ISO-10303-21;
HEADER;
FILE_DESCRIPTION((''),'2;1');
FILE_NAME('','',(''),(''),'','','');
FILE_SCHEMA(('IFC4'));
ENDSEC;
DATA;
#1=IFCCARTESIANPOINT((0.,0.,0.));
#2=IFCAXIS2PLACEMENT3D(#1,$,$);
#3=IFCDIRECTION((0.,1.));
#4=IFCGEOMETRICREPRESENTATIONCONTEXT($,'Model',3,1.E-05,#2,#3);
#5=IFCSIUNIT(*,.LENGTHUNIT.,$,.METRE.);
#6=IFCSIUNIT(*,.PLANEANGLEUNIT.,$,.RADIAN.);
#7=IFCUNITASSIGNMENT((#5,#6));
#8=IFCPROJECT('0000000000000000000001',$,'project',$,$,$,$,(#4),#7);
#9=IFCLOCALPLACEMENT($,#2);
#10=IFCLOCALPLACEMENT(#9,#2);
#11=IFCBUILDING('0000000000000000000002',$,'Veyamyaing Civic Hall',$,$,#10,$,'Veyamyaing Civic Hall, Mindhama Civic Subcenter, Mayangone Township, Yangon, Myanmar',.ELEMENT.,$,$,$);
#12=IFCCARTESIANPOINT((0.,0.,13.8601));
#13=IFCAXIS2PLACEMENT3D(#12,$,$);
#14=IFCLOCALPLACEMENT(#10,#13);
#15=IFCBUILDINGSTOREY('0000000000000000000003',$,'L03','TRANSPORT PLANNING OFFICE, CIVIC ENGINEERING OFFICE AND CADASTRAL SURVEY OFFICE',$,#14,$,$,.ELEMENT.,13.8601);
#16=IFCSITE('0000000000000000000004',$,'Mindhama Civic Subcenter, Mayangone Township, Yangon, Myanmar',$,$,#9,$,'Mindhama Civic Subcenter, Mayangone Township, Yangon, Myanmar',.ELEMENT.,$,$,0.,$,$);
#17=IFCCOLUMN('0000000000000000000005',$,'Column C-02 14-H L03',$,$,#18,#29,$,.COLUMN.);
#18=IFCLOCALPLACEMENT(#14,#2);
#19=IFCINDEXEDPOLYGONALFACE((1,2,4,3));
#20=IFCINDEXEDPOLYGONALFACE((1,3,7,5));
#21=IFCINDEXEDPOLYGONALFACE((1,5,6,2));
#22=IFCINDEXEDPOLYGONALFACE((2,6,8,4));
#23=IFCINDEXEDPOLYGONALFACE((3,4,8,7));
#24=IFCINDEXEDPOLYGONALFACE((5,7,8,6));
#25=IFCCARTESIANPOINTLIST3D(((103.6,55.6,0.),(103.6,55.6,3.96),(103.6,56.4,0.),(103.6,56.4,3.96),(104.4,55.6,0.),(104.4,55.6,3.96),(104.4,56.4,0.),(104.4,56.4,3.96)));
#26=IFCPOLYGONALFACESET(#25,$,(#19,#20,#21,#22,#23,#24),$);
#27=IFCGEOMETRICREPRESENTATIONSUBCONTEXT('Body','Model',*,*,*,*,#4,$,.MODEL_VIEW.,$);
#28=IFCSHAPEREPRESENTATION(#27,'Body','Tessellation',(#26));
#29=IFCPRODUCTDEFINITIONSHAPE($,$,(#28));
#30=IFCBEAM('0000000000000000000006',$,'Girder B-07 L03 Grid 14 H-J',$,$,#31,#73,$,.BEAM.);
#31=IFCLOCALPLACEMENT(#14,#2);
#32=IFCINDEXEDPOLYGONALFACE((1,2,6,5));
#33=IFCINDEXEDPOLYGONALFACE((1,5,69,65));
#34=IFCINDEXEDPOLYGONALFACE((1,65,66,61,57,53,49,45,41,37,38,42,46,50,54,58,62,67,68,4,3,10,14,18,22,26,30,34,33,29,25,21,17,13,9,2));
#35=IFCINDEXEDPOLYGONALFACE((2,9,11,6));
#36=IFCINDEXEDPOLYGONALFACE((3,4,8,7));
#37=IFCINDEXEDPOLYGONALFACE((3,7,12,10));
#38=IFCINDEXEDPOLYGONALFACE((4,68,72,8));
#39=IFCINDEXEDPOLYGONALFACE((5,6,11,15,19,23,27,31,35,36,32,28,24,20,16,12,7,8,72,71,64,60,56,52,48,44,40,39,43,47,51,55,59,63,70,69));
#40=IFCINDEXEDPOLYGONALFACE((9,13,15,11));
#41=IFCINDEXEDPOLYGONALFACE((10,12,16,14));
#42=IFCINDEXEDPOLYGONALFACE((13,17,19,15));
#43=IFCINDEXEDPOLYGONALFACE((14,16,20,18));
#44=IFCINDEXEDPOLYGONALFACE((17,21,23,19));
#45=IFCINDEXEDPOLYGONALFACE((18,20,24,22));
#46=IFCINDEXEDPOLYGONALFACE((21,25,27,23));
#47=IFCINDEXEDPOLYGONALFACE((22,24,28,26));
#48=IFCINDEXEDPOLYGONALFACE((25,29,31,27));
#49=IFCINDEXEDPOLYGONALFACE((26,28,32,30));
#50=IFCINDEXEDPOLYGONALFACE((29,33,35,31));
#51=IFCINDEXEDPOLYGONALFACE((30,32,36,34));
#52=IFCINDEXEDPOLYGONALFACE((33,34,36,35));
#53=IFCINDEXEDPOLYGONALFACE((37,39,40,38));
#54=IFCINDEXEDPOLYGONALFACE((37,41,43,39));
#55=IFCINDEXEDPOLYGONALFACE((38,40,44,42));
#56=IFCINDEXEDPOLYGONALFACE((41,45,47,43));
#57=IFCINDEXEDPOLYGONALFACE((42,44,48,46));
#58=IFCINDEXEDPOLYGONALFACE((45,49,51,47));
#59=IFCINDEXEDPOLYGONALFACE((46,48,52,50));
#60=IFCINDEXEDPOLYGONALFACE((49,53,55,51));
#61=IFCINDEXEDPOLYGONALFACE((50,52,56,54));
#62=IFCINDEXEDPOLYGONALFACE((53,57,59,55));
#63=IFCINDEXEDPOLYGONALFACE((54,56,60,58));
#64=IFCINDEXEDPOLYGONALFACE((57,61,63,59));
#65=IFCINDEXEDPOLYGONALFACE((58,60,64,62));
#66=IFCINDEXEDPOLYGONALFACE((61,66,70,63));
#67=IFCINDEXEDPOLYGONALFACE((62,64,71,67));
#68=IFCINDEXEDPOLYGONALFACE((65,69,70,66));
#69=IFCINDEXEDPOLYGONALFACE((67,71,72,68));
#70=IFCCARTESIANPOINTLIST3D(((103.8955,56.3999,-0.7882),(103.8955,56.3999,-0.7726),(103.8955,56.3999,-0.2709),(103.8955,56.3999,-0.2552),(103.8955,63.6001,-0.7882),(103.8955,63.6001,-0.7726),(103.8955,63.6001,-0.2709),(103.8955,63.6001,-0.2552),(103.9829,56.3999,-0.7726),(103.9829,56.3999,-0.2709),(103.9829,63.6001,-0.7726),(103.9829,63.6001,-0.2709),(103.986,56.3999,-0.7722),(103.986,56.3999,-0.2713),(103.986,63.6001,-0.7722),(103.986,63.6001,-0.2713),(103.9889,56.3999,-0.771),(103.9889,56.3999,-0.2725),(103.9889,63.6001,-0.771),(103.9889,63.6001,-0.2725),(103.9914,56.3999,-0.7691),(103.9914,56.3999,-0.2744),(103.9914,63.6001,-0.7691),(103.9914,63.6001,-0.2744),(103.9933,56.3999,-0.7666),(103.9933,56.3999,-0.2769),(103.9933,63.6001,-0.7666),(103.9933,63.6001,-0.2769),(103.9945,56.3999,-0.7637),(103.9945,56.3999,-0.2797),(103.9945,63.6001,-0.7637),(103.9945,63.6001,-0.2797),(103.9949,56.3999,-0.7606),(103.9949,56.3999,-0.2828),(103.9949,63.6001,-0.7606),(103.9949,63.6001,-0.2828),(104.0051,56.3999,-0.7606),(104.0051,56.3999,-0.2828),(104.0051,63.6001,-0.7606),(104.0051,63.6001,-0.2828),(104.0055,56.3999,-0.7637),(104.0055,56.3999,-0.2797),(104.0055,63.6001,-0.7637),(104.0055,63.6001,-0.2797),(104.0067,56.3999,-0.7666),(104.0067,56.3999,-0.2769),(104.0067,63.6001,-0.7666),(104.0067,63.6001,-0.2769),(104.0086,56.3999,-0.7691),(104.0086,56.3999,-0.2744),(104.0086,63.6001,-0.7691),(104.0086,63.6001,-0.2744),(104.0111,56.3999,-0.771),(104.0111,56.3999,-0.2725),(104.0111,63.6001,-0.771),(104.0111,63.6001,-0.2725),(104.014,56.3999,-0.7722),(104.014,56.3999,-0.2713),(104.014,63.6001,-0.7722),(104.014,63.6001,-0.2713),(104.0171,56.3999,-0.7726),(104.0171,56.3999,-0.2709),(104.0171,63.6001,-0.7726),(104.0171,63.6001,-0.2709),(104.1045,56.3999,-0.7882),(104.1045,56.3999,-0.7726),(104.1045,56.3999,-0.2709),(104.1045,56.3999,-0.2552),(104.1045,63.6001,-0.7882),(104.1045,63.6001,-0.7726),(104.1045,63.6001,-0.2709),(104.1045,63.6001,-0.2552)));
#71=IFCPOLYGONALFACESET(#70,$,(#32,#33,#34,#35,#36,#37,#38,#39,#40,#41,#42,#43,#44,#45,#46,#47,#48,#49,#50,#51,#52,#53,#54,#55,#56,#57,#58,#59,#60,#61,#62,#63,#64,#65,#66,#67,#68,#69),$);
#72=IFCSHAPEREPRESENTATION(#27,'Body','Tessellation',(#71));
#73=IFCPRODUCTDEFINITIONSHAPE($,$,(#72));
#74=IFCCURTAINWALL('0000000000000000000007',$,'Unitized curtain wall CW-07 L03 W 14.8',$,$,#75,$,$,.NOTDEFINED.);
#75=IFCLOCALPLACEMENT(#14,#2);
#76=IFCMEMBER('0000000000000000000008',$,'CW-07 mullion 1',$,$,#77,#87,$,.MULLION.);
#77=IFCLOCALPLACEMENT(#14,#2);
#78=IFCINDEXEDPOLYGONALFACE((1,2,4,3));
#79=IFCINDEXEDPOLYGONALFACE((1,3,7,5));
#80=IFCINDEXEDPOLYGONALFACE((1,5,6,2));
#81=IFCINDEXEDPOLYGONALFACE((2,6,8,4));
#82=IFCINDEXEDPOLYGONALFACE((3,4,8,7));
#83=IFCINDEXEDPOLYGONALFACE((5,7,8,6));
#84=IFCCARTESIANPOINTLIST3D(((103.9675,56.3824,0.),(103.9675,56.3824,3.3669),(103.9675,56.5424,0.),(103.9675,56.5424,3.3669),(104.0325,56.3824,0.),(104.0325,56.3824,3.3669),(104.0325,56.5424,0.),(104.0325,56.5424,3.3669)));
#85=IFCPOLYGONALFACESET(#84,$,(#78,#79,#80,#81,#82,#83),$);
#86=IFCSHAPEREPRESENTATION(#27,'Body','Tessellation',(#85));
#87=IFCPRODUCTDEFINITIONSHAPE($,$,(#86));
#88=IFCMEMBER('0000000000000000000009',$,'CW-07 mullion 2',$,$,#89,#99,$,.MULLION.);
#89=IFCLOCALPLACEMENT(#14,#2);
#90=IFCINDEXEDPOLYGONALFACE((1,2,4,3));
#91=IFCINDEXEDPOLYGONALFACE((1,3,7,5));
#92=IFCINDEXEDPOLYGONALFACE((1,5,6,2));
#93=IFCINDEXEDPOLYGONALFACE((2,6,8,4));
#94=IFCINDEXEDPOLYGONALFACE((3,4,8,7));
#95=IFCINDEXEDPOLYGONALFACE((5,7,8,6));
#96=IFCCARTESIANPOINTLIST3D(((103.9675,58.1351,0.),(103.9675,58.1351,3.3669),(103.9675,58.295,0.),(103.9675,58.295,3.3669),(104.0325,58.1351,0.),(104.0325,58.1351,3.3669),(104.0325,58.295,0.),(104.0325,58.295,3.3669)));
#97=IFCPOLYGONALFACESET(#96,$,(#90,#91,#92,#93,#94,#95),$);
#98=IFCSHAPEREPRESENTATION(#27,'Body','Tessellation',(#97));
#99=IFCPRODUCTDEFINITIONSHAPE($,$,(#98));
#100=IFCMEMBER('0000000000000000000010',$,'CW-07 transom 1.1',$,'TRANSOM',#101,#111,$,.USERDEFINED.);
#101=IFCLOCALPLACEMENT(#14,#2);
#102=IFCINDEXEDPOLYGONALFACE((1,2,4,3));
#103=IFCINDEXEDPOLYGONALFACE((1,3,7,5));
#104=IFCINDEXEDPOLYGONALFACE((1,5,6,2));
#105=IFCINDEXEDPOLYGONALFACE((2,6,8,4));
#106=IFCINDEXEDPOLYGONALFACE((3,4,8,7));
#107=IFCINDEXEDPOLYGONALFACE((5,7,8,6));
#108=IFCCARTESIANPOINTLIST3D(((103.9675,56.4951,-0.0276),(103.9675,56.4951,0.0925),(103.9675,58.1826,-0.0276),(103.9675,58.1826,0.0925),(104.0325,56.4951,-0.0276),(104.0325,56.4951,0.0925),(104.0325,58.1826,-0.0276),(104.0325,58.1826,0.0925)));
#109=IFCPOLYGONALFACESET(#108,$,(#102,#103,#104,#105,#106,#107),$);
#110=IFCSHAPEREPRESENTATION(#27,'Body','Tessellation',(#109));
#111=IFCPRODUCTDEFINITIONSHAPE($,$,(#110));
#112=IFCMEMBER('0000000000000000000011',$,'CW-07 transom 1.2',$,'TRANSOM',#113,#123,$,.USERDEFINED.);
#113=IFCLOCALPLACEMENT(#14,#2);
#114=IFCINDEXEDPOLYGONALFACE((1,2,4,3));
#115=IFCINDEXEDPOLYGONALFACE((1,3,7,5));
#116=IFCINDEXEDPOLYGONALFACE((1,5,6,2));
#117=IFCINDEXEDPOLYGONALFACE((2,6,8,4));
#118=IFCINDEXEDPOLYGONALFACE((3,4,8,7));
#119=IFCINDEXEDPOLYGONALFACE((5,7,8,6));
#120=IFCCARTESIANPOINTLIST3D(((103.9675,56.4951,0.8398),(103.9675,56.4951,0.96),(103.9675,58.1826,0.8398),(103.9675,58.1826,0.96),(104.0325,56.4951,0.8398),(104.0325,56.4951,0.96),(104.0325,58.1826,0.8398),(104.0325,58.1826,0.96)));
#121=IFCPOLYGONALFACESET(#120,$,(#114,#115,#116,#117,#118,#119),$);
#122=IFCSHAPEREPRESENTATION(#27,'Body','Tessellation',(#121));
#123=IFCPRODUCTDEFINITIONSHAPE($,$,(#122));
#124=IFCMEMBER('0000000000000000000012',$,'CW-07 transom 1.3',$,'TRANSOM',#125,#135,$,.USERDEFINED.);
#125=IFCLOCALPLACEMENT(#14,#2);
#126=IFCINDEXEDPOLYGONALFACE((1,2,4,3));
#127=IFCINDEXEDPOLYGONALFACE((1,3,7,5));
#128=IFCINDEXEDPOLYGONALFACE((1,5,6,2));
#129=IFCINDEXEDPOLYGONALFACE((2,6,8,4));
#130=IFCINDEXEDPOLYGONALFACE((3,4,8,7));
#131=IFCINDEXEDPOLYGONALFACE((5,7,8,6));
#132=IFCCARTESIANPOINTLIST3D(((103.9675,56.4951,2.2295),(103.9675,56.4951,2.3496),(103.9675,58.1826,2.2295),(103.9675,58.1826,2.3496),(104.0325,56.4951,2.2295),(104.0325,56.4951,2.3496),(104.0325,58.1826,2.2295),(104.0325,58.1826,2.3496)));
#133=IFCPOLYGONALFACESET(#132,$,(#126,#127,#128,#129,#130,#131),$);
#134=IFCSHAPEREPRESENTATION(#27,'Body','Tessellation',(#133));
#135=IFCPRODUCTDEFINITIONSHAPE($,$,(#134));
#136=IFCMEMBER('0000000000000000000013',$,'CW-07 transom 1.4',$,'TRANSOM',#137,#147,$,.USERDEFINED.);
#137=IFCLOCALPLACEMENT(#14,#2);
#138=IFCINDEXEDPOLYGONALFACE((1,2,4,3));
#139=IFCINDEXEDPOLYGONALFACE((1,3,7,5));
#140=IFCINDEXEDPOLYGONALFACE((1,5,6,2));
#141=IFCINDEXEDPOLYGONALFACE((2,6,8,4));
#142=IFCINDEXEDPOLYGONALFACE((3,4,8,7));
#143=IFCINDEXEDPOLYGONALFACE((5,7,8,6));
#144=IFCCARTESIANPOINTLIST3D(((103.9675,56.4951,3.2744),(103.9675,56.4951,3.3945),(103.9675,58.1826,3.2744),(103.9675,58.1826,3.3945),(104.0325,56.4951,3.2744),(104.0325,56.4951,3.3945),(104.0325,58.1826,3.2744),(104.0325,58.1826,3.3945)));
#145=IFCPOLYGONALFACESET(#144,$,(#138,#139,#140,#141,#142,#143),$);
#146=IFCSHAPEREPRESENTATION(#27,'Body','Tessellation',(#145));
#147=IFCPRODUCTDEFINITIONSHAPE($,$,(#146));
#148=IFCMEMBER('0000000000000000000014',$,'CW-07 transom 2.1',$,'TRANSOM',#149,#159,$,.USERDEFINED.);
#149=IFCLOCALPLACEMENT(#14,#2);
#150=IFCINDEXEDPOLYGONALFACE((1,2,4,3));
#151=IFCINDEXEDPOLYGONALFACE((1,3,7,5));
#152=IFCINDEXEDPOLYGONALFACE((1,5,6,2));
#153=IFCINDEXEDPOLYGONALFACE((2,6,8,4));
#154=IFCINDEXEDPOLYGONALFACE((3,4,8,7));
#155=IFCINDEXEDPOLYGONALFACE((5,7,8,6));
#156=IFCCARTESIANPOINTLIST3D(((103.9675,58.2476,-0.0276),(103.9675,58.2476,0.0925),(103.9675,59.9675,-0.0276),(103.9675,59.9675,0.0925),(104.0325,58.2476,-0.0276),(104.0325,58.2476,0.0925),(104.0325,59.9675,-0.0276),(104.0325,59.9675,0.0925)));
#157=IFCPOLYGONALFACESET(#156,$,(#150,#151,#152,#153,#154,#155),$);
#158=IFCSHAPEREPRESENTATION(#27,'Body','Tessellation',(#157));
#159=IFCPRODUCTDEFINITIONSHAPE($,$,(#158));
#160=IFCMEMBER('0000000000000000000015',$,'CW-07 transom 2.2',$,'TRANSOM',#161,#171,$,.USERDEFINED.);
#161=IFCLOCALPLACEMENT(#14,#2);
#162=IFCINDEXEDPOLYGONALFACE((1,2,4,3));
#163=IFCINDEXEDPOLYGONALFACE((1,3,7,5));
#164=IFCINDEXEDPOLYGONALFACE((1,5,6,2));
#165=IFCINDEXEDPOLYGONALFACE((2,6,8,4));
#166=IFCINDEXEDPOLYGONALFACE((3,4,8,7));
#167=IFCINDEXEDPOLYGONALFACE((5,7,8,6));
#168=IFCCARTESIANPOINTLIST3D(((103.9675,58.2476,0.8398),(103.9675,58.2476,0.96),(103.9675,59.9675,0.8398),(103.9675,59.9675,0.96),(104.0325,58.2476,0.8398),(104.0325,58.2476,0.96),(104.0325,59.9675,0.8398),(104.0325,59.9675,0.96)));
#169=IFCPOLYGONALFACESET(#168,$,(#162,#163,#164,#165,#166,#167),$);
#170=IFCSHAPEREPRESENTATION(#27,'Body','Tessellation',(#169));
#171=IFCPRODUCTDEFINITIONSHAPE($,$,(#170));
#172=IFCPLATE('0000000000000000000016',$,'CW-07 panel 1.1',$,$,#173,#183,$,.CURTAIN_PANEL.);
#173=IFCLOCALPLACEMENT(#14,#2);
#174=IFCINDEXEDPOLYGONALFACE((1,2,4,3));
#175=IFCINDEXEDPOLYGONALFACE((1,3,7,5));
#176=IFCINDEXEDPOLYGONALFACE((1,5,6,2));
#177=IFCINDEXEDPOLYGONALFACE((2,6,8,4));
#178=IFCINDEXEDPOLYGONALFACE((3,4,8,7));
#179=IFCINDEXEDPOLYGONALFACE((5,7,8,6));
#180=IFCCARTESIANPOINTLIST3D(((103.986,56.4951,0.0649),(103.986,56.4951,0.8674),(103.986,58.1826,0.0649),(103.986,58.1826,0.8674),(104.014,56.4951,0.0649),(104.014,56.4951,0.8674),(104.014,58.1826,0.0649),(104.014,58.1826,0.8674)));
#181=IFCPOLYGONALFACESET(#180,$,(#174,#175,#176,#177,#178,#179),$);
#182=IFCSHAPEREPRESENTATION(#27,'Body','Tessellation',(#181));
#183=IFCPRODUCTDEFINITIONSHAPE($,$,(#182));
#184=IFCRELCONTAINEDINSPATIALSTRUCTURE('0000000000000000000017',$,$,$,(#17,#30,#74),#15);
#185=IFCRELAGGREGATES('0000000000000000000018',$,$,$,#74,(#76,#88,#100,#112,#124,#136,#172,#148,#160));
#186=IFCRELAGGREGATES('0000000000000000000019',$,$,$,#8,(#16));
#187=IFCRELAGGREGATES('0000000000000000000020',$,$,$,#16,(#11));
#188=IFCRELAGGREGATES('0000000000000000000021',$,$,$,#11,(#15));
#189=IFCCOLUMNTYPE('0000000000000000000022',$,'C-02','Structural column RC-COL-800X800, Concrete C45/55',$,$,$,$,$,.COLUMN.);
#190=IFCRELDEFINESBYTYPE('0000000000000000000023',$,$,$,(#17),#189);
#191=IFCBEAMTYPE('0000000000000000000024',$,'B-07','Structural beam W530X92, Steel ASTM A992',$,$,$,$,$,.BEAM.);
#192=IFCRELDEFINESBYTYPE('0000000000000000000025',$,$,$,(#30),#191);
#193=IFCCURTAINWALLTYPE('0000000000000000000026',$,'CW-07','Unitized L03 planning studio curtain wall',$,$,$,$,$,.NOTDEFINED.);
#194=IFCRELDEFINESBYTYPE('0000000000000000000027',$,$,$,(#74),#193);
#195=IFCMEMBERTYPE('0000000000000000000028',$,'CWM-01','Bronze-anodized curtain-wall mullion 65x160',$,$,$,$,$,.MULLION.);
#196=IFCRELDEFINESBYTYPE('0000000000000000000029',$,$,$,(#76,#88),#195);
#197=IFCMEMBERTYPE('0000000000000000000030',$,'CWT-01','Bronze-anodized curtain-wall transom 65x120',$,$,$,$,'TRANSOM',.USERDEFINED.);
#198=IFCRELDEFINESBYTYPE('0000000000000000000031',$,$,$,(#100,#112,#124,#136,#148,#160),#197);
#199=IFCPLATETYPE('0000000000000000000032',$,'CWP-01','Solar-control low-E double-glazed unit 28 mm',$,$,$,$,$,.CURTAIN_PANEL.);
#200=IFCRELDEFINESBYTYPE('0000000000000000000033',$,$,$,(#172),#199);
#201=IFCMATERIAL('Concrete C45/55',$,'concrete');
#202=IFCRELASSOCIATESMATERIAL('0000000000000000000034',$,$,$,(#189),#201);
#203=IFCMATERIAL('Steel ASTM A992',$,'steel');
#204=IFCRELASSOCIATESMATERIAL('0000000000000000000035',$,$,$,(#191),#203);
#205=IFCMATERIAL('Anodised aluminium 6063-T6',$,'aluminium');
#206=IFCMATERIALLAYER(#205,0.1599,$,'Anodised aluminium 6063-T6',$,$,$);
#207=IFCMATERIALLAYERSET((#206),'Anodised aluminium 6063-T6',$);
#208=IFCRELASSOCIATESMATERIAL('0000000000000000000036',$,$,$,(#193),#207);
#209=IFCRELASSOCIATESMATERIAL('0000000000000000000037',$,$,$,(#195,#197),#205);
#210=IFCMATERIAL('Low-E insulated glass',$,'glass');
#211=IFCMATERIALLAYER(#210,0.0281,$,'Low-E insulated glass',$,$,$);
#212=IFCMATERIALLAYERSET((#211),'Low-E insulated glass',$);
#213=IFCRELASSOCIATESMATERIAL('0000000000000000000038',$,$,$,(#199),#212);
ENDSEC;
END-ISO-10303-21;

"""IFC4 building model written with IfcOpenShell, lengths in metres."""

from ifc_helpers import new_model, si_unit, direction, frame, origin, origin_2d, place, context, subcontext, project, spatial, rectangle, i_section, extrude, material, layer, layer_set, material_profile, profile_set, type_object, element, aggregate, save


model = new_model("IFC4")

# Units and contexts
model_context = context("Model", 3, precision=1e-05, world=origin(), true_north=direction((0.0, 1.0)))
body_context = subcontext(model_context, "Body", "Model", "MODEL_VIEW")
ifc_project = project(units=[si_unit("LENGTHUNIT", "METRE"), si_unit("PLANEANGLEUNIT", "RADIAN")], contexts=[model_context])

# Site, building, storey
site_placement = place(None, origin())
site = spatial("IfcSite", under=ifc_project, at=site_placement, Name="Mindhama Civic Subcenter, Mayangone Township, Yangon, Myanmar", LongName="Mindhama Civic Subcenter, Mayangone Township, Yangon, Myanmar", CompositionType="ELEMENT", RefElevation=0.0)
building_placement = place(site_placement, origin())
building = spatial("IfcBuilding", under=site, at=building_placement, Name="Veyamyaing Civic Hall", LongName="Veyamyaing Civic Hall, Mindhama Civic Subcenter, Mayangone Township, Yangon, Myanmar", CompositionType="ELEMENT")
storey_placement = place(building_placement, frame((0.0, 0.0, 13.8601)))
storey = spatial("IfcBuildingStorey", under=building, at=storey_placement, Name="L03", Description="TRANSPORT PLANNING OFFICE, CIVIC ENGINEERING OFFICE AND CADASTRAL SURVEY OFFICE", CompositionType="ELEMENT", Elevation=13.8601)

# Column
ifc_material_1 = material(Name="Concrete C45/55", Category="concrete")
ifc_material_profile_1 = material_profile(ifc_material_1, rectangle(XDim=0.8, YDim=0.8, at=origin_2d()), Name="RC-COL-800X800")
ifc_profile_set_1 = profile_set([ifc_material_profile_1], Name="Concrete C45/55")
column_type = type_object("IfcColumnType", Name="C-02", Description="Structural column RC-COL-800X800, Concrete C45/55", PredefinedType="COLUMN", material=ifc_profile_set_1)
column_placement = place(storey_placement, frame((104.0, 56.0, 0.0), z_axis=(0.0, 0.0, 1.0), x_axis=(1.0, 0.0, 0.0)))
element("IfcColumn", 1, at=column_placement, inside=storey, type_object=column_type, Name="Column C-02 14-H L03", PredefinedType="COLUMN", context=body_context, shape_type="SweptSolid", body=[
    extrude(rectangle(XDim=0.8, YDim=0.8, at=origin_2d()), origin(), (0.0, 0.0, 1.0), 3.96),
])

# Beam
ifc_material_2 = material(Name="Steel ASTM A992", Category="steel")
ifc_material_profile_2 = material_profile(ifc_material_2, i_section(OverallWidth=0.209, OverallDepth=0.533, WebThickness=0.0103, FlangeThickness=0.0156, FilletRadius=0.012, at=origin_2d()), Name="W530X92")
ifc_profile_set_2 = profile_set([ifc_material_profile_2], Name="Steel ASTM A992")
beam_type = type_object("IfcBeamType", Name="B-07", Description="Structural beam W530X92, Steel ASTM A992", PredefinedType="BEAM", material=ifc_profile_set_2)
beam_placement = place(storey_placement, frame((104.0, 56.3999, -0.5217), z_axis=(0.0, 1.0, 0.0), x_axis=(-1.0, 0.0, 0.0)))
element("IfcBeam", 2, at=beam_placement, inside=storey, type_object=beam_type, Name="Girder B-07 L03 Grid 14 H-J", PredefinedType="BEAM", context=body_context, shape_type="SweptSolid", body=[
    extrude(i_section(OverallWidth=0.209, OverallDepth=0.533, WebThickness=0.0103, FlangeThickness=0.0156, FilletRadius=0.012, at=origin_2d()), origin(), (0.0, 0.0, 1.0), 7.2002),
])

# Curtain wall, members, plate
ifc_material_3 = material(Name="Anodised aluminium 6063-T6", Category="aluminium")
ifc_layer_1 = layer(ifc_material_3, 0.1599, Name="Anodised aluminium 6063-T6")
ifc_layer_set_1 = layer_set([ifc_layer_1], Name="Anodised aluminium 6063-T6")
curtain_wall_type = type_object("IfcCurtainWallType", Name="CW-07", Description="Unitized L03 planning studio curtain wall", PredefinedType="NOTDEFINED", material=ifc_layer_set_1)
curtain_wall_placement = place(storey_placement, origin())
curtain_wall = element("IfcCurtainWall", 3, at=curtain_wall_placement, inside=storey, type_object=curtain_wall_type, Name="Unitized curtain wall CW-07 L03 W 14.8", PredefinedType="NOTDEFINED")
ifc_material_profile_3 = material_profile(ifc_material_3, rectangle(XDim=0.0649, YDim=0.1599, at=origin_2d()), Name="ALU-MUL-65X160")
ifc_profile_set_3 = profile_set([ifc_material_profile_3], Name="Anodised aluminium 6063-T6")
member_type_1 = type_object("IfcMemberType", Name="CWM-01", Description="Bronze-anodized curtain-wall mullion 65x160", PredefinedType="MULLION", material=ifc_profile_set_3)
member_1_placement = place(storey_placement, frame((104.0, 56.4624, 0.0), z_axis=(0.0, 0.0, 1.0), x_axis=(-1.0, 0.0, 0.0)))
member_1 = element("IfcMember", 4, at=member_1_placement, type_object=member_type_1, Name="CW-07 mullion 1", PredefinedType="MULLION", context=body_context, shape_type="SweptSolid", body=[
    extrude(rectangle(XDim=0.0649, YDim=0.1599, at=origin_2d()), origin(), (0.0, 0.0, 1.0), 3.3669),
])
member_2_placement = place(storey_placement, frame((104.0, 58.2151, 0.0), z_axis=(0.0, 0.0, 1.0), x_axis=(-1.0, 0.0, 0.0)))
member_2 = element("IfcMember", 5, at=member_2_placement, type_object=member_type_1, Name="CW-07 mullion 2", PredefinedType="MULLION", context=body_context, shape_type="SweptSolid", body=[
    extrude(rectangle(XDim=0.0649, YDim=0.1599, at=origin_2d()), origin(), (0.0, 0.0, 1.0), 3.3669),
])
ifc_material_profile_4 = material_profile(ifc_material_3, rectangle(XDim=0.0649, YDim=0.1201, at=origin_2d()), Name="ALU-TRN-65X120")
ifc_profile_set_4 = profile_set([ifc_material_profile_4], Name="Anodised aluminium 6063-T6")
member_type_2 = type_object("IfcMemberType", Name="CWT-01", Description="Bronze-anodized curtain-wall transom 65x120", ElementType="TRANSOM", PredefinedType="USERDEFINED", material=ifc_profile_set_4)
member_3_placement = place(storey_placement, frame((104.0, 56.4951, 0.0325), z_axis=(0.0, 1.0, 0.0), x_axis=(-1.0, 0.0, 0.0)))
member_3 = element("IfcMember", 6, at=member_3_placement, type_object=member_type_2, Name="CW-07 transom 1.1", ObjectType="TRANSOM", PredefinedType="USERDEFINED", context=body_context, shape_type="SweptSolid", body=[
    extrude(rectangle(XDim=0.0649, YDim=0.1201, at=origin_2d()), origin(), (0.0, 0.0, 1.0), 1.6875),
])
member_4_placement = place(storey_placement, frame((104.0, 56.4951, 0.8999), z_axis=(0.0, 1.0, 0.0), x_axis=(-1.0, 0.0, 0.0)))
member_4 = element("IfcMember", 7, at=member_4_placement, type_object=member_type_2, Name="CW-07 transom 1.2", ObjectType="TRANSOM", PredefinedType="USERDEFINED", context=body_context, shape_type="SweptSolid", body=[
    extrude(rectangle(XDim=0.0649, YDim=0.1201, at=origin_2d()), origin(), (0.0, 0.0, 1.0), 1.6875),
])
member_5_placement = place(storey_placement, frame((104.0, 56.4951, 2.2896), z_axis=(0.0, 1.0, 0.0), x_axis=(-1.0, 0.0, 0.0)))
member_5 = element("IfcMember", 8, at=member_5_placement, type_object=member_type_2, Name="CW-07 transom 1.3", ObjectType="TRANSOM", PredefinedType="USERDEFINED", context=body_context, shape_type="SweptSolid", body=[
    extrude(rectangle(XDim=0.0649, YDim=0.1201, at=origin_2d()), origin(), (0.0, 0.0, 1.0), 1.6875),
])
member_6_placement = place(storey_placement, frame((104.0, 56.4951, 3.3345), z_axis=(0.0, 1.0, 0.0), x_axis=(-1.0, 0.0, 0.0)))
member_6 = element("IfcMember", 9, at=member_6_placement, type_object=member_type_2, Name="CW-07 transom 1.4", ObjectType="TRANSOM", PredefinedType="USERDEFINED", context=body_context, shape_type="SweptSolid", body=[
    extrude(rectangle(XDim=0.0649, YDim=0.1201, at=origin_2d()), origin(), (0.0, 0.0, 1.0), 1.6875),
])
member_7_placement = place(storey_placement, frame((104.0, 58.2476, 0.0325), z_axis=(0.0, 1.0, 0.0), x_axis=(-1.0, 0.0, 0.0)))
member_7 = element("IfcMember", 10, at=member_7_placement, type_object=member_type_2, Name="CW-07 transom 2.1", ObjectType="TRANSOM", PredefinedType="USERDEFINED", context=body_context, shape_type="SweptSolid", body=[
    extrude(rectangle(XDim=0.0649, YDim=0.1201, at=origin_2d()), origin(), (0.0, 0.0, 1.0), 1.72),
])
member_8_placement = place(storey_placement, frame((104.0, 58.2476, 0.8999), z_axis=(0.0, 1.0, 0.0), x_axis=(-1.0, 0.0, 0.0)))
member_8 = element("IfcMember", 11, at=member_8_placement, type_object=member_type_2, Name="CW-07 transom 2.2", ObjectType="TRANSOM", PredefinedType="USERDEFINED", context=body_context, shape_type="SweptSolid", body=[
    extrude(rectangle(XDim=0.0649, YDim=0.1201, at=origin_2d()), origin(), (0.0, 0.0, 1.0), 1.72),
])
ifc_material_4 = material(Name="Low-E insulated glass", Category="glass")
ifc_layer_2 = layer(ifc_material_4, 0.0281, Name="Low-E insulated glass")
ifc_layer_set_2 = layer_set([ifc_layer_2], Name="Low-E insulated glass")
plate_type = type_object("IfcPlateType", Name="CWP-01", Description="Solar-control low-E double-glazed unit 28 mm", PredefinedType="CURTAIN_PANEL", material=ifc_layer_set_2)
plate_1_placement = place(storey_placement, frame((104.0, 57.3389, 0.0649), z_axis=(0.0, 0.0, 1.0), x_axis=(0.0, 1.0, 0.0)))
plate_1 = element("IfcPlate", 12, at=plate_1_placement, type_object=plate_type, Name="CW-07 panel 1.1", PredefinedType="CURTAIN_PANEL", context=body_context, shape_type="SweptSolid", body=[
    extrude(rectangle(XDim=1.6875, YDim=0.0281, at=origin_2d()), origin(), (0.0, 0.0, 1.0), 0.8025),
])
aggregate(curtain_wall, [member_1, member_2, member_3, member_4, member_5, member_6, plate_1, member_7, member_8])

save(model, "model.ifc")
